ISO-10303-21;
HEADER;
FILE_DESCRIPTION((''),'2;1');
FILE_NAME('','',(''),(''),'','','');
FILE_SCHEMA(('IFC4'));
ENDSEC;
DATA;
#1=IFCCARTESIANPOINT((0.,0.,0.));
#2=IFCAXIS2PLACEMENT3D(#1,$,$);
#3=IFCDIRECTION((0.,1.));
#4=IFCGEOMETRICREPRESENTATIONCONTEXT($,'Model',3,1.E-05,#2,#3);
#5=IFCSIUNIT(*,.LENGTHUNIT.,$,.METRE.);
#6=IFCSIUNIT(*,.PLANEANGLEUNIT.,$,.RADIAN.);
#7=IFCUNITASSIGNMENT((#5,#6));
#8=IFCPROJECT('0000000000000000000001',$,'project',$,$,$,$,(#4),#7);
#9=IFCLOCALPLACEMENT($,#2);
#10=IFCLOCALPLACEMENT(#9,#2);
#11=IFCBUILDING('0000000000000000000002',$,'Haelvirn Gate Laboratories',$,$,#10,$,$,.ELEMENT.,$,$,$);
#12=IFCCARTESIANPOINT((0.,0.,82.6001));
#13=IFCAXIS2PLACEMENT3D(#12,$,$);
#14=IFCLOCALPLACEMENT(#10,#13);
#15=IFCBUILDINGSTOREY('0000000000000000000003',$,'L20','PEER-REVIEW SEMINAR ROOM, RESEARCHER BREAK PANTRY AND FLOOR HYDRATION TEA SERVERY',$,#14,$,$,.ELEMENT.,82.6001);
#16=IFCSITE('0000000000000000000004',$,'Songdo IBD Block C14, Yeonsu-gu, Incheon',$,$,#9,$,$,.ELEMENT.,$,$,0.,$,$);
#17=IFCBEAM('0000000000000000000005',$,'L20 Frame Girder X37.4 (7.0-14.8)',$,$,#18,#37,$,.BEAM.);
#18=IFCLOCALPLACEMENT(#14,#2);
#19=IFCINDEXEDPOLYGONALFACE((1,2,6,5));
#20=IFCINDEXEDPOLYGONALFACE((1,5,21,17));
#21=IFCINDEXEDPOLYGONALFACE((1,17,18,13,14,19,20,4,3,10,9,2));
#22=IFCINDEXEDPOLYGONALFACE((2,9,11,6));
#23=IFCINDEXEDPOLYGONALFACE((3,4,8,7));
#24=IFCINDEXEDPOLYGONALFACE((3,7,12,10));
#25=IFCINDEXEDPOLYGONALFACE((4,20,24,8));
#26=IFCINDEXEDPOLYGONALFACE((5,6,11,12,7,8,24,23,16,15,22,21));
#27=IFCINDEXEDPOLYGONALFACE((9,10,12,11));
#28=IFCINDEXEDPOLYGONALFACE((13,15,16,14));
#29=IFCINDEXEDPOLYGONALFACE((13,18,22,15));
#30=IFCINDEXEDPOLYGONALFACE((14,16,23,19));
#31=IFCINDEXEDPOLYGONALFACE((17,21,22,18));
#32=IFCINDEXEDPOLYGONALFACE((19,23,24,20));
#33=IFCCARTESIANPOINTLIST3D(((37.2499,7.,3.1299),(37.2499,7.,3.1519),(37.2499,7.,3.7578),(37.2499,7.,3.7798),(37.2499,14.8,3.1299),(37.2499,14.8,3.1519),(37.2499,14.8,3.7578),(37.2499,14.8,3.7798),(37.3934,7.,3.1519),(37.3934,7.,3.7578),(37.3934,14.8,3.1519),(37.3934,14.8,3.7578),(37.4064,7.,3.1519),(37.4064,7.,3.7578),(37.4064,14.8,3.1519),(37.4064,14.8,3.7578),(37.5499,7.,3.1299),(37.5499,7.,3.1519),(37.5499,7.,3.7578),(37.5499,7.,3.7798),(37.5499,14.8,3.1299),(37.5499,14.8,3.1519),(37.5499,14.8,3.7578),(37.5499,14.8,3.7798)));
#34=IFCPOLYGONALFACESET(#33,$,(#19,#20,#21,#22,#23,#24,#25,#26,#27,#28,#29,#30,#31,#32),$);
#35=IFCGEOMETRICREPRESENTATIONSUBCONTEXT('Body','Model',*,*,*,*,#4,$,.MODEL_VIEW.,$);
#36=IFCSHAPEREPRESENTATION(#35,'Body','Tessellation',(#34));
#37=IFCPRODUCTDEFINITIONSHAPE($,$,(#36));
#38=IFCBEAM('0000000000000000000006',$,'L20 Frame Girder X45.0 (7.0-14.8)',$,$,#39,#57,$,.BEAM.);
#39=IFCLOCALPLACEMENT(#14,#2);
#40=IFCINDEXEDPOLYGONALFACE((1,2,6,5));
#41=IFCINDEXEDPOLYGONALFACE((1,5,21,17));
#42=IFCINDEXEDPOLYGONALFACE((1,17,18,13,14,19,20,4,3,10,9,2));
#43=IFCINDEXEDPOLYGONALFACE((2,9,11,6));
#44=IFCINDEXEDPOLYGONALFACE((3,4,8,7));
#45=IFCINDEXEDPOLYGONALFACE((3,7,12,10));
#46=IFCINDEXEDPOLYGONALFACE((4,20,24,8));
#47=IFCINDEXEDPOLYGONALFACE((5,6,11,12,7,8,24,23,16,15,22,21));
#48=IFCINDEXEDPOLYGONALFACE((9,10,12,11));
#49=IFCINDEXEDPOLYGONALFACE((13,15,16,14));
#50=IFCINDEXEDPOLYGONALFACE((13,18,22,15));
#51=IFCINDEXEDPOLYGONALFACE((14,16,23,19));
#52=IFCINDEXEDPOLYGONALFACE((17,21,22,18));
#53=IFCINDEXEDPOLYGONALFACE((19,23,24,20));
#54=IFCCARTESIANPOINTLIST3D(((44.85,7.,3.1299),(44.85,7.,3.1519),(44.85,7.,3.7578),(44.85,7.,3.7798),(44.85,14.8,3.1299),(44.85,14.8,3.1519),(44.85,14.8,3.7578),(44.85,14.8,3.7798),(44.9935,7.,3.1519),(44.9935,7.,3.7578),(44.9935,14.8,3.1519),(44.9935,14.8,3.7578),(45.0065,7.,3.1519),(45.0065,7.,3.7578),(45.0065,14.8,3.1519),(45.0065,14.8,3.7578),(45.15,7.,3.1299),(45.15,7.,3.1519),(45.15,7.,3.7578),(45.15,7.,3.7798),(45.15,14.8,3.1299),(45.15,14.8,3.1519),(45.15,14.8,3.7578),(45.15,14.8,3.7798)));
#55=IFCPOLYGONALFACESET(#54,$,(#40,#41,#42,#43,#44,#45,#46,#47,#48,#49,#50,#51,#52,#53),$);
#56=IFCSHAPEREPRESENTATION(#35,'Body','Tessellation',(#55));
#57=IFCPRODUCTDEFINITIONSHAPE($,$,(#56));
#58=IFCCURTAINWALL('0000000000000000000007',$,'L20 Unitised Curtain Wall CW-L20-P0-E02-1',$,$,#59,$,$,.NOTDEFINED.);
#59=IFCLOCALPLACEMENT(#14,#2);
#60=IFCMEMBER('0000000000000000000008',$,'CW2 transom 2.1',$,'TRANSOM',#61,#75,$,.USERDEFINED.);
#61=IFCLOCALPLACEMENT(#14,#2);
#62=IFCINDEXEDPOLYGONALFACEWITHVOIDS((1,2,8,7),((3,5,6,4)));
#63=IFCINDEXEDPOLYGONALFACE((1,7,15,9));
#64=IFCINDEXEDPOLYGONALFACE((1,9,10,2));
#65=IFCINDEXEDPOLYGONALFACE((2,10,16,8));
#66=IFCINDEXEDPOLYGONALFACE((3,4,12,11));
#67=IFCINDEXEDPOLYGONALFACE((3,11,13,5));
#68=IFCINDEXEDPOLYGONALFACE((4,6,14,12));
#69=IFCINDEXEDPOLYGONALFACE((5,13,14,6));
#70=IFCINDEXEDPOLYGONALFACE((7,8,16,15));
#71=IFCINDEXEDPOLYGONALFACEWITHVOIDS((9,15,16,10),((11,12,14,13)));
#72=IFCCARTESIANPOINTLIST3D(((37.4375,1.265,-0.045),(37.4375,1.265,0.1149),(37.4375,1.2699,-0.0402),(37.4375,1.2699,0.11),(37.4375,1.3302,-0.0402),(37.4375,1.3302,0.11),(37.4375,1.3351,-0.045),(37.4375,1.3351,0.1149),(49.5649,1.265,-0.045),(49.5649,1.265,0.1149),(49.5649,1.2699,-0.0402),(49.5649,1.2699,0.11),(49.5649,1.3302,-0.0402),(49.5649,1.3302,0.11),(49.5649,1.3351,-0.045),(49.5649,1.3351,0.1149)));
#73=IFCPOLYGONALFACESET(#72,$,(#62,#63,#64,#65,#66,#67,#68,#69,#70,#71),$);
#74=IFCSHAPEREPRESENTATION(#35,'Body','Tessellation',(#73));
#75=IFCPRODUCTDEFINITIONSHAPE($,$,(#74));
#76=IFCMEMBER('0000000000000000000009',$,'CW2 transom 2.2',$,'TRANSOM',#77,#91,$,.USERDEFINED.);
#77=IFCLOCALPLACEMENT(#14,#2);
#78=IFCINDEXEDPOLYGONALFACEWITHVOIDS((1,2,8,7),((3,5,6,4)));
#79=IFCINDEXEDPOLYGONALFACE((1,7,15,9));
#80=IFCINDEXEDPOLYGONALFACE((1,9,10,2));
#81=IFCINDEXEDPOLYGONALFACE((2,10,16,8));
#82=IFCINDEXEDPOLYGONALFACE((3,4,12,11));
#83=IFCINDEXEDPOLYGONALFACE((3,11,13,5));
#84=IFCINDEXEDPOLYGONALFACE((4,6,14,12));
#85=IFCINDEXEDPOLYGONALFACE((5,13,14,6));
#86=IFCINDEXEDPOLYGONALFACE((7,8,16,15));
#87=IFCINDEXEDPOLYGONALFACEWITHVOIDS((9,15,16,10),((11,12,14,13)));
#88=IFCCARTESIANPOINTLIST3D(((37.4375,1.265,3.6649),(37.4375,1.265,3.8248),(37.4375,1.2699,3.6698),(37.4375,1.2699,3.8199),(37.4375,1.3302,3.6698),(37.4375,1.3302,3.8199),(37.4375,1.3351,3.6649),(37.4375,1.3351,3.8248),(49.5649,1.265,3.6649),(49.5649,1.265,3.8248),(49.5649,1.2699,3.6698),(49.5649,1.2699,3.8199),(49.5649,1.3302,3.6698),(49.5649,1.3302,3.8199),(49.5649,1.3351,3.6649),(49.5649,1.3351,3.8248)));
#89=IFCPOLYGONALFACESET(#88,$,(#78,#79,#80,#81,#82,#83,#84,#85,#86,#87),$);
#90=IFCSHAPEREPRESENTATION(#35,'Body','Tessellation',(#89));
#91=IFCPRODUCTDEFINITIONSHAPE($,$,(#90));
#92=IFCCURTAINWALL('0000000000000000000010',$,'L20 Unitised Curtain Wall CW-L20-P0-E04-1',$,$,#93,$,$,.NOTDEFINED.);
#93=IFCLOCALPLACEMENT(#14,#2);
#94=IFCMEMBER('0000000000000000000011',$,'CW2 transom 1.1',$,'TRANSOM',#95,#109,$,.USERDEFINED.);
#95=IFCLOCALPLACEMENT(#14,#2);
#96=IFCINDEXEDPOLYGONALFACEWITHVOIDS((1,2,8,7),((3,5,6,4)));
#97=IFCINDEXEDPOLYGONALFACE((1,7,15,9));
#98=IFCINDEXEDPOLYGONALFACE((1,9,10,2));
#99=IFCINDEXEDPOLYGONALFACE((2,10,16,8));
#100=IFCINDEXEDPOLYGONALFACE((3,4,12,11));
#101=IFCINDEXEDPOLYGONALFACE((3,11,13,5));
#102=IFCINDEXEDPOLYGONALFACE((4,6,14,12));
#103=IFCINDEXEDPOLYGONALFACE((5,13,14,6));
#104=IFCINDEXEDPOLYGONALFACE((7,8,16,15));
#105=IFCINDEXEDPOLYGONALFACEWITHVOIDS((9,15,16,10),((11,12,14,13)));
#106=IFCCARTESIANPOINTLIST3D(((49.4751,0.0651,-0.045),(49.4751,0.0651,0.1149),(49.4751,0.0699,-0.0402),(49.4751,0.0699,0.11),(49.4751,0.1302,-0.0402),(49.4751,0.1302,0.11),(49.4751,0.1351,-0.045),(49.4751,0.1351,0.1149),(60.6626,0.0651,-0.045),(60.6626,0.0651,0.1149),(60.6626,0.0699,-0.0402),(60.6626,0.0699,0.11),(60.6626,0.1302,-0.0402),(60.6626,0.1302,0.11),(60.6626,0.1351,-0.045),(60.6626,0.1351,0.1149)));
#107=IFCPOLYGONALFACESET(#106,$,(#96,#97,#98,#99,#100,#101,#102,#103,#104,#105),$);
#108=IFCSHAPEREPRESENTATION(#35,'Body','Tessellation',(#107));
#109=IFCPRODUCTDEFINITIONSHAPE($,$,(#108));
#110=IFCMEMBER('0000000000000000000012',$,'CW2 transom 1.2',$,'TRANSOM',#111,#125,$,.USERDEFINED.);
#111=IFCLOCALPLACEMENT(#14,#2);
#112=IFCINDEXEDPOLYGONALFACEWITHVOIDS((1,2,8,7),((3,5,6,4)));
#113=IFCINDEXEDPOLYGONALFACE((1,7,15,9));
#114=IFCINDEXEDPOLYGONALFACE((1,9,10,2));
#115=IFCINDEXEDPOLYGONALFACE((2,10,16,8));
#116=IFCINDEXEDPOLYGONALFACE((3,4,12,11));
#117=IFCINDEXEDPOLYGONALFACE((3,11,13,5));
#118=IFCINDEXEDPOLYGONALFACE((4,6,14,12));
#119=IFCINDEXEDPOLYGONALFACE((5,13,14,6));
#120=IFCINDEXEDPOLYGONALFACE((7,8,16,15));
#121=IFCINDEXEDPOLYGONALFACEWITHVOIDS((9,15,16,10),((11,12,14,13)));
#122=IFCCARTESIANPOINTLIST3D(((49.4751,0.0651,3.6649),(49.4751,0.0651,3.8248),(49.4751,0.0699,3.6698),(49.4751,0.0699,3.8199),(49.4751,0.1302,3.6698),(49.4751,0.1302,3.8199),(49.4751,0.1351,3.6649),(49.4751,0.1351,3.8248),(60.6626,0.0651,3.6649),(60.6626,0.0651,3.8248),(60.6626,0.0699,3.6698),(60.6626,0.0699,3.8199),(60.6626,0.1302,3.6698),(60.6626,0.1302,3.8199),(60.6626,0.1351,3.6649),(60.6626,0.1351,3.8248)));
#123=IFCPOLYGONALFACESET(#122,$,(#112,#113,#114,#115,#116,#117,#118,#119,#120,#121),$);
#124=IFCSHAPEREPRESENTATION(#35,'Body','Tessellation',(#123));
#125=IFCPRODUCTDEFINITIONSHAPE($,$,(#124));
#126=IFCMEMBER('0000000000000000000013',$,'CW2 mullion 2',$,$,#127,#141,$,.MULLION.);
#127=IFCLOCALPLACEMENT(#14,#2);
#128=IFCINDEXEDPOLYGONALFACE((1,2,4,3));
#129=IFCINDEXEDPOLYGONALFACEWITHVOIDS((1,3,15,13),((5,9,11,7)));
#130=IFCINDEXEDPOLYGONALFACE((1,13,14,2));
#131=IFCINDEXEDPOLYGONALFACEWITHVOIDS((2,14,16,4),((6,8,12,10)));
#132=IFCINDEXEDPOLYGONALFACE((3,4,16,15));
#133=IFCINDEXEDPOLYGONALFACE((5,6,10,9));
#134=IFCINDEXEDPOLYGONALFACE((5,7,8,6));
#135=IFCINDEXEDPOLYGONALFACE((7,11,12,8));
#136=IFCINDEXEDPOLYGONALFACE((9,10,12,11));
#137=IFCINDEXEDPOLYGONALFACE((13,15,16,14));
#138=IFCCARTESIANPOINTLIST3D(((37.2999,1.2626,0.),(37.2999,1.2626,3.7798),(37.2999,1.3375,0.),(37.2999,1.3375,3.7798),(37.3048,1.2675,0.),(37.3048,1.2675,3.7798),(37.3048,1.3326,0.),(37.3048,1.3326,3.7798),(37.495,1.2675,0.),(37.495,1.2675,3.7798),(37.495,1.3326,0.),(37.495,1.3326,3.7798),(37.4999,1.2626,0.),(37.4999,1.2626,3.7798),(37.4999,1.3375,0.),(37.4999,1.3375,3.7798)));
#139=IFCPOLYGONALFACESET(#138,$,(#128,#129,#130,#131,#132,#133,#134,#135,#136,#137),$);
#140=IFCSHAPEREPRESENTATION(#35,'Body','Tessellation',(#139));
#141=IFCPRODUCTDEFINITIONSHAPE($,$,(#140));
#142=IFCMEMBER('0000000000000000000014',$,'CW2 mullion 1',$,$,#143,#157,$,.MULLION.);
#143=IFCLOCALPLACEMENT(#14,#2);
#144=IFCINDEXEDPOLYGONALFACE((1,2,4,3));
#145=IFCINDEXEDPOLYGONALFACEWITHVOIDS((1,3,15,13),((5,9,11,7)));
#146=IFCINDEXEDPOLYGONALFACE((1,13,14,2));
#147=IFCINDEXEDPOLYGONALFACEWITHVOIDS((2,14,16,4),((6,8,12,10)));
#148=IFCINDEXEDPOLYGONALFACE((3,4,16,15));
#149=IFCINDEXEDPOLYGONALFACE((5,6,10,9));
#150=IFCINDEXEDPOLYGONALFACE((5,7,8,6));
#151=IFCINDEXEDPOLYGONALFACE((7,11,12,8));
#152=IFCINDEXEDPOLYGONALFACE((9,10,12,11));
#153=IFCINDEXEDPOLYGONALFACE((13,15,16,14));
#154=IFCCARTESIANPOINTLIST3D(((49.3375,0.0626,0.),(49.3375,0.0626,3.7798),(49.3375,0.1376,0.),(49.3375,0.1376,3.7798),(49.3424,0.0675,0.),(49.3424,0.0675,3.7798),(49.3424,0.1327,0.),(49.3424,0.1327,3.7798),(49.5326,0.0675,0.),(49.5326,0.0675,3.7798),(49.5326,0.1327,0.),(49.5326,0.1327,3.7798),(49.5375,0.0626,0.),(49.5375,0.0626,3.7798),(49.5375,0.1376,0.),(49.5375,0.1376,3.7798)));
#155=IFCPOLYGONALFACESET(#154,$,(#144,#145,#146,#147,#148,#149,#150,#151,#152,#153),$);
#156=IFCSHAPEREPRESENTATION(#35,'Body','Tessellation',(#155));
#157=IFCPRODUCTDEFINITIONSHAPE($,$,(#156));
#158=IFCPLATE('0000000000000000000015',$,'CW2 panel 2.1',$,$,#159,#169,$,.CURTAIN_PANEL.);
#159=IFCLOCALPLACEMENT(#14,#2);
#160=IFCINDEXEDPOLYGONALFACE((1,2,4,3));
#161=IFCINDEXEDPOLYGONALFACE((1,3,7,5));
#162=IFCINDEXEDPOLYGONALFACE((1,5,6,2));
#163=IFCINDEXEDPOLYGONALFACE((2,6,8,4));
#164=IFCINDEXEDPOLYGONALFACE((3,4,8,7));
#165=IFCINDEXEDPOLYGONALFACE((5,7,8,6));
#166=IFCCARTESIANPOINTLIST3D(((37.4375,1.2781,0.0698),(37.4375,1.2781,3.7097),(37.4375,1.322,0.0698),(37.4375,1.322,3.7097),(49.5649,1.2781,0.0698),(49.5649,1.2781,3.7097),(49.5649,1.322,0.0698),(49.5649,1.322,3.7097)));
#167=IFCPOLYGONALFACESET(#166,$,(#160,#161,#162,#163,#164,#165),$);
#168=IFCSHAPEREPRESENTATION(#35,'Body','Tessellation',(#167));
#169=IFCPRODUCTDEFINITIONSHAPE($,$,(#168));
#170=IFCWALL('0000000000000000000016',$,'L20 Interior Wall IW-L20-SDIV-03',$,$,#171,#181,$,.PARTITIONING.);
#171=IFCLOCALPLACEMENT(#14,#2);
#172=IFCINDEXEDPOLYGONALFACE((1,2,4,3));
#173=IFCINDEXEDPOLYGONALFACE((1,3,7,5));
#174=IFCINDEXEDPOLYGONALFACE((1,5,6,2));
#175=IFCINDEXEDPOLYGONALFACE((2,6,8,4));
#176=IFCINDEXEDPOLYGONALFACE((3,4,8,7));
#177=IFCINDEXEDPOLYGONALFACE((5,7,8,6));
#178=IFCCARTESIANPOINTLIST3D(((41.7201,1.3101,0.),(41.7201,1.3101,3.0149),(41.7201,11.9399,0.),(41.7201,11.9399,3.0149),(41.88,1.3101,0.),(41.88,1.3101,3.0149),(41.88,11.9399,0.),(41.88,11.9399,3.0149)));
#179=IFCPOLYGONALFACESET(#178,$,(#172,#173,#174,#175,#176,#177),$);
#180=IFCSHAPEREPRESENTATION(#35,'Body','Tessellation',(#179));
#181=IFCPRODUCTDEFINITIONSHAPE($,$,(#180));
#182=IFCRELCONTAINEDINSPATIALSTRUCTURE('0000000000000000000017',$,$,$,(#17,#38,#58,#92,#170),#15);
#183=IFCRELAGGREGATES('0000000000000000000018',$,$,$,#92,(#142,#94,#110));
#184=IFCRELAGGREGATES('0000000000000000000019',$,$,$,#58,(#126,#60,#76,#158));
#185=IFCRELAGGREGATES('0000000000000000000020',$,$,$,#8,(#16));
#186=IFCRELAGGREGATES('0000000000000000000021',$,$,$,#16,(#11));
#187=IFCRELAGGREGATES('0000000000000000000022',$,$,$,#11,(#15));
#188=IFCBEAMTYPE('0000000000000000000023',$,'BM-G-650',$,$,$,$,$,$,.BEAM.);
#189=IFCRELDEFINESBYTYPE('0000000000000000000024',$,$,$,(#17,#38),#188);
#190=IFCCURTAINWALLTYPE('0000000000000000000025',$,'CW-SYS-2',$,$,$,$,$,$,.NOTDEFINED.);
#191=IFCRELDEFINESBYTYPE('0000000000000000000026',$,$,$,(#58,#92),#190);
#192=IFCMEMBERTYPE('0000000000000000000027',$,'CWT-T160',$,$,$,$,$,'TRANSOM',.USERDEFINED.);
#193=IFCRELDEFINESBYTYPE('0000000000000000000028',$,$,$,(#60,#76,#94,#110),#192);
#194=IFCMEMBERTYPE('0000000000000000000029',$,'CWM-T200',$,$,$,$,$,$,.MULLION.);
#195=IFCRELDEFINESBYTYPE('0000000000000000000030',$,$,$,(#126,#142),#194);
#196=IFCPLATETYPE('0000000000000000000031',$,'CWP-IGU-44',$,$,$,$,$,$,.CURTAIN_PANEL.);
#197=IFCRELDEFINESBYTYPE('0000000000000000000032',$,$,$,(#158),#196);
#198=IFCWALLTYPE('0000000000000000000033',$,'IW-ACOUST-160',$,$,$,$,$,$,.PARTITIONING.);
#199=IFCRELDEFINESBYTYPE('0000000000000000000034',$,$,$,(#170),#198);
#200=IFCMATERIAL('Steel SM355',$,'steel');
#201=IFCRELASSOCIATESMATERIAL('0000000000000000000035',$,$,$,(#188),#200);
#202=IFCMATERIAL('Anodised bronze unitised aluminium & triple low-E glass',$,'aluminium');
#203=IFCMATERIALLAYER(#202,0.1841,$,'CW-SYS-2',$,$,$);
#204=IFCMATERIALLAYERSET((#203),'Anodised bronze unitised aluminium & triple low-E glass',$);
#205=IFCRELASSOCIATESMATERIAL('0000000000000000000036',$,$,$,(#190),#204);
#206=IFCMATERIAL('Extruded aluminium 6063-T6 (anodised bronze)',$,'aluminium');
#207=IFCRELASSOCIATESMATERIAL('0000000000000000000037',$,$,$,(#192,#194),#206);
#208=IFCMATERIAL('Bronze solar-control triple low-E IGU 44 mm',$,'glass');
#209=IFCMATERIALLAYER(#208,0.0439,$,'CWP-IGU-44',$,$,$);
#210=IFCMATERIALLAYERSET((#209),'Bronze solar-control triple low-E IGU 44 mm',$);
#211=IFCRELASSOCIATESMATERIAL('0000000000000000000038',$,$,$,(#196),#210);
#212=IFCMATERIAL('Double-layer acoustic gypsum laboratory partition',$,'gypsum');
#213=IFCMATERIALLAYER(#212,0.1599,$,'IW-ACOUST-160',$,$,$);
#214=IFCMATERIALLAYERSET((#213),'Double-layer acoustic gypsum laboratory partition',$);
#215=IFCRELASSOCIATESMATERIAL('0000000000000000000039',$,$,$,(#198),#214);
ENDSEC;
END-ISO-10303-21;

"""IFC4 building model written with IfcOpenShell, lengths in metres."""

from ifc_helpers import new_model, si_unit, direction, frame, frame_2d, origin, origin_2d, place, context, subcontext, project, spatial, rectangle, hollow_rectangle, i_section, extrude, source, transform, mapped, material, layer, layer_set, material_profile, profile_set, type_object, type_shapes, element, aggregate, save


model = new_model("IFC4")

# Units and contexts
model_context = context("Model", 3, precision=1e-05, world=origin(), true_north=direction((0.0, 1.0)))
body_context = subcontext(model_context, "Body", "Model", "MODEL_VIEW")
ifc_project = project(units=[si_unit("LENGTHUNIT", "METRE"), si_unit("PLANEANGLEUNIT", "RADIAN")], contexts=[model_context])

# Site, building, storey
site_placement = place(None, origin())
site = spatial("IfcSite", under=ifc_project, at=site_placement, Name="Songdo IBD Block C14, Yeonsu-gu, Incheon", CompositionType="ELEMENT", RefElevation=0.0)
building_placement = place(site_placement, origin())
building = spatial("IfcBuilding", under=site, at=building_placement, Name="Haelvirn Gate Laboratories", CompositionType="ELEMENT")
storey_placement = place(building_placement, frame((0.0, 0.0, 82.6001)))
storey = spatial("IfcBuildingStorey", under=building, at=storey_placement, Name="L20", Description="PEER-REVIEW SEMINAR ROOM, RESEARCHER BREAK PANTRY AND FLOOR HYDRATION TEA SERVERY", CompositionType="ELEMENT", Elevation=82.6001)

# Beams
ifc_material_1 = material(Name="Steel SM355", Category="steel")
ifc_material_profile_1 = material_profile(ifc_material_1, i_section(OverallWidth=0.3, OverallDepth=0.6499, WebThickness=0.0129, FlangeThickness=0.022, at=origin_2d()), Name="H-650x300x13x22")
ifc_profile_set_1 = profile_set([ifc_material_profile_1], Name="Steel SM355")
beam_type_1 = type_object("IfcBeamType", Name="BM-G-650", PredefinedType="BEAM", material=ifc_profile_set_1)
shared_shape_1 = source(origin(), body_context, "Body", "SweptSolid", [
    extrude(i_section(OverallWidth=0.3, OverallDepth=0.6499, WebThickness=0.0129, FlangeThickness=0.022, at=origin_2d()), origin(), (0.0, 0.0, 1.0), 7.8),
])
type_shapes(beam_type_1, [shared_shape_1])
for number, where, z_axis, x_axis, name in (
    (1, (37.3999, 7.0, 3.4548), (0.0, 1.0, 0.0), (-1.0, 0.0, 0.0), "L20 Frame Girder X37.4 (7.0-14.8)"),
    (2, (45.0, 7.0, 3.4548), (0.0, 1.0, 0.0), (-1.0, 0.0, 0.0), "L20 Frame Girder X45.0 (7.0-14.8)"),
):
    element("IfcBeam", number, at=place(storey_placement, frame(where, z_axis=z_axis, x_axis=x_axis)), inside=storey, type_object=beam_type_1, Name=name, PredefinedType="BEAM", context=body_context, shape_type="MappedRepresentation", body=[
        mapped(shared_shape_1, transform((0.0, 0.0, 0.0), scale=1.0)),
    ])

# Curtain walls, members
ifc_material_2 = material(Name="Anodised bronze unitised aluminium & triple low-E glass", Category="aluminium")
ifc_layer_1 = layer(ifc_material_2, 0.1841, Name="CW-SYS-2")
ifc_layer_set_1 = layer_set([ifc_layer_1], Name="Anodised bronze unitised aluminium & triple low-E glass")
curtain_wall_type = type_object("IfcCurtainWallType", Name="CW-SYS-2", PredefinedType="NOTDEFINED", material=ifc_layer_set_1)
curtain_wall_1_placement = place(storey_placement, origin())
curtain_wall_1 = element("IfcCurtainWall", 3, at=curtain_wall_1_placement, inside=storey, type_object=curtain_wall_type, Name="L20 Unitised Curtain Wall CW-L20-P0-E02-1", PredefinedType="NOTDEFINED")
ifc_material_3 = material(Name="Extruded aluminium 6063-T6 (anodised bronze)", Category="aluminium")
ifc_material_profile_2 = material_profile(ifc_material_3, hollow_rectangle(XDim=0.0701, YDim=0.1599, WallThickness=0.0049, at=origin_2d()), Name="CWT-160x70x5")
ifc_profile_set_2 = profile_set([ifc_material_profile_2], Name="Extruded aluminium 6063-T6 (anodised bronze)")
member_type_1 = type_object("IfcMemberType", Name="CWT-T160", ElementType="TRANSOM", PredefinedType="USERDEFINED", material=ifc_profile_set_2)
shared_shape_2 = source(origin(), body_context, "Body", "SweptSolid", [
    extrude(hollow_rectangle(XDim=0.0701, YDim=0.1599, WallThickness=0.0049, at=origin_2d()), origin(), (0.0, 0.0, 1.0), 12.1274),
])
member_1_placement = place(storey_placement, frame((37.4375, 1.3, 0.0349), z_axis=(1.0, 0.0, 0.0), x_axis=(0.0, 1.0, 0.0)))
member_1 = element("IfcMember", 4, at=member_1_placement, type_object=member_type_1, Name="CW2 transom 2.1", ObjectType="TRANSOM", PredefinedType="USERDEFINED", context=body_context, shape_type="MappedRepresentation", body=[
    mapped(shared_shape_2, transform((0.0, 0.0, 0.0), scale=1.0)),
])
member_2_placement = place(storey_placement, frame((37.4375, 1.3, 3.7449), z_axis=(1.0, 0.0, 0.0), x_axis=(0.0, 1.0, 0.0)))
member_2 = element("IfcMember", 5, at=member_2_placement, type_object=member_type_1, Name="CW2 transom 2.2", ObjectType="TRANSOM", PredefinedType="USERDEFINED", context=body_context, shape_type="MappedRepresentation", body=[
    mapped(shared_shape_2, transform((0.0, 0.0, 0.0), scale=1.0)),
])
curtain_wall_2_placement = place(storey_placement, origin())
curtain_wall_2 = element("IfcCurtainWall", 6, at=curtain_wall_2_placement, inside=storey, type_object=curtain_wall_type, Name="L20 Unitised Curtain Wall CW-L20-P0-E04-1", PredefinedType="NOTDEFINED")
shared_shape_3 = source(origin(), body_context, "Body", "SweptSolid", [
    extrude(hollow_rectangle(XDim=0.0701, YDim=0.1599, WallThickness=0.0049, at=origin_2d()), origin(), (0.0, 0.0, 1.0), 11.1875),
])
type_shapes(member_type_1, [shared_shape_2, shared_shape_3])
member_3_placement = place(storey_placement, frame((49.4751, 0.1001, 0.0349), z_axis=(1.0, 0.0, 0.0), x_axis=(0.0, 1.0, 0.0)))
member_3 = element("IfcMember", 7, at=member_3_placement, type_object=member_type_1, Name="CW2 transom 1.1", ObjectType="TRANSOM", PredefinedType="USERDEFINED", context=body_context, shape_type="MappedRepresentation", body=[
    mapped(shared_shape_3, transform((0.0, 0.0, 0.0), scale=1.0)),
])
member_4_placement = place(storey_placement, frame((49.4751, 0.1001, 3.7449), z_axis=(1.0, 0.0, 0.0), x_axis=(0.0, 1.0, 0.0)))
member_4 = element("IfcMember", 8, at=member_4_placement, type_object=member_type_1, Name="CW2 transom 1.2", ObjectType="TRANSOM", PredefinedType="USERDEFINED", context=body_context, shape_type="MappedRepresentation", body=[
    mapped(shared_shape_3, transform((0.0, 0.0, 0.0), scale=1.0)),
])

# Members
ifc_material_profile_3 = material_profile(ifc_material_3, hollow_rectangle(XDim=0.075, YDim=0.2, WallThickness=0.0049, at=origin_2d()), Name="CWM-200x75x5")
ifc_profile_set_3 = profile_set([ifc_material_profile_3], Name="Extruded aluminium 6063-T6 (anodised bronze)")
member_type_2 = type_object("IfcMemberType", Name="CWM-T200", PredefinedType="MULLION", material=ifc_profile_set_3)
shared_shape_4 = source(origin(), body_context, "Body", "SweptSolid", [
    extrude(hollow_rectangle(XDim=0.075, YDim=0.2, WallThickness=0.0049, at=origin_2d()), origin(), (0.0, 0.0, 1.0), 3.7798),
])
type_shapes(member_type_2, [shared_shape_4])
member_5_placement = place(storey_placement, frame((37.3999, 1.3, 0.0), z_axis=(0.0, 0.0, 1.0), x_axis=(0.0, 1.0, 0.0)))
member_5 = element("IfcMember", 9, at=member_5_placement, type_object=member_type_2, Name="CW2 mullion 2", PredefinedType="MULLION", context=body_context, shape_type="MappedRepresentation", body=[
    mapped(shared_shape_4, transform((0.0, 0.0, 0.0), scale=1.0)),
])
member_6_placement = place(storey_placement, frame((49.4375, 0.1001, 0.0), z_axis=(0.0, 0.0, 1.0), x_axis=(0.0, 1.0, 0.0)))
member_6 = element("IfcMember", 10, at=member_6_placement, type_object=member_type_2, Name="CW2 mullion 1", PredefinedType="MULLION", context=body_context, shape_type="MappedRepresentation", body=[
    mapped(shared_shape_4, transform((0.0, 0.0, 0.0), scale=1.0)),
])
aggregate(curtain_wall_2, [member_6, member_3, member_4])

# Plate
ifc_material_4 = material(Name="Bronze solar-control triple low-E IGU 44 mm", Category="glass")
ifc_layer_2 = layer(ifc_material_4, 0.0439, Name="CWP-IGU-44")
ifc_layer_set_2 = layer_set([ifc_layer_2], Name="Bronze solar-control triple low-E IGU 44 mm")
plate_type = type_object("IfcPlateType", Name="CWP-IGU-44", PredefinedType="CURTAIN_PANEL", material=ifc_layer_set_2)
shared_shape_5 = source(origin(), body_context, "Body", "SweptSolid", [
    extrude(rectangle(XDim=12.1274, YDim=0.0439, at=origin_2d()), origin(), (0.0, 0.0, 1.0), 3.6399),
])
type_shapes(plate_type, [shared_shape_5])
plate_placement = place(storey_placement, frame((43.5012, 1.3, 0.0698), z_axis=(0.0, 0.0, 1.0), x_axis=(1.0, 0.0, 0.0)))
plate = element("IfcPlate", 11, at=plate_placement, type_object=plate_type, Name="CW2 panel 2.1", PredefinedType="CURTAIN_PANEL", context=body_context, shape_type="MappedRepresentation", body=[
    mapped(shared_shape_5, transform((0.0, 0.0, 0.0), scale=1.0)),
])
aggregate(curtain_wall_1, [member_5, member_1, member_2, plate])

# Wall
ifc_material_5 = material(Name="Double-layer acoustic gypsum laboratory partition", Category="gypsum")
ifc_layer_3 = layer(ifc_material_5, 0.1599, Name="IW-ACOUST-160")
ifc_layer_set_3 = layer_set([ifc_layer_3], Name="Double-layer acoustic gypsum laboratory partition")
wall_type_1 = type_object("IfcWallType", Name="IW-ACOUST-160", PredefinedType="PARTITIONING", material=ifc_layer_set_3)
wall_1_placement = place(storey_placement, frame((41.8, 1.3101, 0.0), z_axis=(0.0, 0.0, 1.0), x_axis=(0.0, 1.0, 0.0)))
element("IfcWall", 12, at=wall_1_placement, inside=storey, type_object=wall_type_1, Name="L20 Interior Wall IW-L20-SDIV-03", PredefinedType="PARTITIONING", context=body_context, shape_type="SweptSolid", body=[
    extrude(rectangle(XDim=10.6299, YDim=0.1599, at=frame_2d((5.3149, 0.0))), origin(), (0.0, 0.0, 1.0), 3.0149),
])

save(model, "model.ifc")
